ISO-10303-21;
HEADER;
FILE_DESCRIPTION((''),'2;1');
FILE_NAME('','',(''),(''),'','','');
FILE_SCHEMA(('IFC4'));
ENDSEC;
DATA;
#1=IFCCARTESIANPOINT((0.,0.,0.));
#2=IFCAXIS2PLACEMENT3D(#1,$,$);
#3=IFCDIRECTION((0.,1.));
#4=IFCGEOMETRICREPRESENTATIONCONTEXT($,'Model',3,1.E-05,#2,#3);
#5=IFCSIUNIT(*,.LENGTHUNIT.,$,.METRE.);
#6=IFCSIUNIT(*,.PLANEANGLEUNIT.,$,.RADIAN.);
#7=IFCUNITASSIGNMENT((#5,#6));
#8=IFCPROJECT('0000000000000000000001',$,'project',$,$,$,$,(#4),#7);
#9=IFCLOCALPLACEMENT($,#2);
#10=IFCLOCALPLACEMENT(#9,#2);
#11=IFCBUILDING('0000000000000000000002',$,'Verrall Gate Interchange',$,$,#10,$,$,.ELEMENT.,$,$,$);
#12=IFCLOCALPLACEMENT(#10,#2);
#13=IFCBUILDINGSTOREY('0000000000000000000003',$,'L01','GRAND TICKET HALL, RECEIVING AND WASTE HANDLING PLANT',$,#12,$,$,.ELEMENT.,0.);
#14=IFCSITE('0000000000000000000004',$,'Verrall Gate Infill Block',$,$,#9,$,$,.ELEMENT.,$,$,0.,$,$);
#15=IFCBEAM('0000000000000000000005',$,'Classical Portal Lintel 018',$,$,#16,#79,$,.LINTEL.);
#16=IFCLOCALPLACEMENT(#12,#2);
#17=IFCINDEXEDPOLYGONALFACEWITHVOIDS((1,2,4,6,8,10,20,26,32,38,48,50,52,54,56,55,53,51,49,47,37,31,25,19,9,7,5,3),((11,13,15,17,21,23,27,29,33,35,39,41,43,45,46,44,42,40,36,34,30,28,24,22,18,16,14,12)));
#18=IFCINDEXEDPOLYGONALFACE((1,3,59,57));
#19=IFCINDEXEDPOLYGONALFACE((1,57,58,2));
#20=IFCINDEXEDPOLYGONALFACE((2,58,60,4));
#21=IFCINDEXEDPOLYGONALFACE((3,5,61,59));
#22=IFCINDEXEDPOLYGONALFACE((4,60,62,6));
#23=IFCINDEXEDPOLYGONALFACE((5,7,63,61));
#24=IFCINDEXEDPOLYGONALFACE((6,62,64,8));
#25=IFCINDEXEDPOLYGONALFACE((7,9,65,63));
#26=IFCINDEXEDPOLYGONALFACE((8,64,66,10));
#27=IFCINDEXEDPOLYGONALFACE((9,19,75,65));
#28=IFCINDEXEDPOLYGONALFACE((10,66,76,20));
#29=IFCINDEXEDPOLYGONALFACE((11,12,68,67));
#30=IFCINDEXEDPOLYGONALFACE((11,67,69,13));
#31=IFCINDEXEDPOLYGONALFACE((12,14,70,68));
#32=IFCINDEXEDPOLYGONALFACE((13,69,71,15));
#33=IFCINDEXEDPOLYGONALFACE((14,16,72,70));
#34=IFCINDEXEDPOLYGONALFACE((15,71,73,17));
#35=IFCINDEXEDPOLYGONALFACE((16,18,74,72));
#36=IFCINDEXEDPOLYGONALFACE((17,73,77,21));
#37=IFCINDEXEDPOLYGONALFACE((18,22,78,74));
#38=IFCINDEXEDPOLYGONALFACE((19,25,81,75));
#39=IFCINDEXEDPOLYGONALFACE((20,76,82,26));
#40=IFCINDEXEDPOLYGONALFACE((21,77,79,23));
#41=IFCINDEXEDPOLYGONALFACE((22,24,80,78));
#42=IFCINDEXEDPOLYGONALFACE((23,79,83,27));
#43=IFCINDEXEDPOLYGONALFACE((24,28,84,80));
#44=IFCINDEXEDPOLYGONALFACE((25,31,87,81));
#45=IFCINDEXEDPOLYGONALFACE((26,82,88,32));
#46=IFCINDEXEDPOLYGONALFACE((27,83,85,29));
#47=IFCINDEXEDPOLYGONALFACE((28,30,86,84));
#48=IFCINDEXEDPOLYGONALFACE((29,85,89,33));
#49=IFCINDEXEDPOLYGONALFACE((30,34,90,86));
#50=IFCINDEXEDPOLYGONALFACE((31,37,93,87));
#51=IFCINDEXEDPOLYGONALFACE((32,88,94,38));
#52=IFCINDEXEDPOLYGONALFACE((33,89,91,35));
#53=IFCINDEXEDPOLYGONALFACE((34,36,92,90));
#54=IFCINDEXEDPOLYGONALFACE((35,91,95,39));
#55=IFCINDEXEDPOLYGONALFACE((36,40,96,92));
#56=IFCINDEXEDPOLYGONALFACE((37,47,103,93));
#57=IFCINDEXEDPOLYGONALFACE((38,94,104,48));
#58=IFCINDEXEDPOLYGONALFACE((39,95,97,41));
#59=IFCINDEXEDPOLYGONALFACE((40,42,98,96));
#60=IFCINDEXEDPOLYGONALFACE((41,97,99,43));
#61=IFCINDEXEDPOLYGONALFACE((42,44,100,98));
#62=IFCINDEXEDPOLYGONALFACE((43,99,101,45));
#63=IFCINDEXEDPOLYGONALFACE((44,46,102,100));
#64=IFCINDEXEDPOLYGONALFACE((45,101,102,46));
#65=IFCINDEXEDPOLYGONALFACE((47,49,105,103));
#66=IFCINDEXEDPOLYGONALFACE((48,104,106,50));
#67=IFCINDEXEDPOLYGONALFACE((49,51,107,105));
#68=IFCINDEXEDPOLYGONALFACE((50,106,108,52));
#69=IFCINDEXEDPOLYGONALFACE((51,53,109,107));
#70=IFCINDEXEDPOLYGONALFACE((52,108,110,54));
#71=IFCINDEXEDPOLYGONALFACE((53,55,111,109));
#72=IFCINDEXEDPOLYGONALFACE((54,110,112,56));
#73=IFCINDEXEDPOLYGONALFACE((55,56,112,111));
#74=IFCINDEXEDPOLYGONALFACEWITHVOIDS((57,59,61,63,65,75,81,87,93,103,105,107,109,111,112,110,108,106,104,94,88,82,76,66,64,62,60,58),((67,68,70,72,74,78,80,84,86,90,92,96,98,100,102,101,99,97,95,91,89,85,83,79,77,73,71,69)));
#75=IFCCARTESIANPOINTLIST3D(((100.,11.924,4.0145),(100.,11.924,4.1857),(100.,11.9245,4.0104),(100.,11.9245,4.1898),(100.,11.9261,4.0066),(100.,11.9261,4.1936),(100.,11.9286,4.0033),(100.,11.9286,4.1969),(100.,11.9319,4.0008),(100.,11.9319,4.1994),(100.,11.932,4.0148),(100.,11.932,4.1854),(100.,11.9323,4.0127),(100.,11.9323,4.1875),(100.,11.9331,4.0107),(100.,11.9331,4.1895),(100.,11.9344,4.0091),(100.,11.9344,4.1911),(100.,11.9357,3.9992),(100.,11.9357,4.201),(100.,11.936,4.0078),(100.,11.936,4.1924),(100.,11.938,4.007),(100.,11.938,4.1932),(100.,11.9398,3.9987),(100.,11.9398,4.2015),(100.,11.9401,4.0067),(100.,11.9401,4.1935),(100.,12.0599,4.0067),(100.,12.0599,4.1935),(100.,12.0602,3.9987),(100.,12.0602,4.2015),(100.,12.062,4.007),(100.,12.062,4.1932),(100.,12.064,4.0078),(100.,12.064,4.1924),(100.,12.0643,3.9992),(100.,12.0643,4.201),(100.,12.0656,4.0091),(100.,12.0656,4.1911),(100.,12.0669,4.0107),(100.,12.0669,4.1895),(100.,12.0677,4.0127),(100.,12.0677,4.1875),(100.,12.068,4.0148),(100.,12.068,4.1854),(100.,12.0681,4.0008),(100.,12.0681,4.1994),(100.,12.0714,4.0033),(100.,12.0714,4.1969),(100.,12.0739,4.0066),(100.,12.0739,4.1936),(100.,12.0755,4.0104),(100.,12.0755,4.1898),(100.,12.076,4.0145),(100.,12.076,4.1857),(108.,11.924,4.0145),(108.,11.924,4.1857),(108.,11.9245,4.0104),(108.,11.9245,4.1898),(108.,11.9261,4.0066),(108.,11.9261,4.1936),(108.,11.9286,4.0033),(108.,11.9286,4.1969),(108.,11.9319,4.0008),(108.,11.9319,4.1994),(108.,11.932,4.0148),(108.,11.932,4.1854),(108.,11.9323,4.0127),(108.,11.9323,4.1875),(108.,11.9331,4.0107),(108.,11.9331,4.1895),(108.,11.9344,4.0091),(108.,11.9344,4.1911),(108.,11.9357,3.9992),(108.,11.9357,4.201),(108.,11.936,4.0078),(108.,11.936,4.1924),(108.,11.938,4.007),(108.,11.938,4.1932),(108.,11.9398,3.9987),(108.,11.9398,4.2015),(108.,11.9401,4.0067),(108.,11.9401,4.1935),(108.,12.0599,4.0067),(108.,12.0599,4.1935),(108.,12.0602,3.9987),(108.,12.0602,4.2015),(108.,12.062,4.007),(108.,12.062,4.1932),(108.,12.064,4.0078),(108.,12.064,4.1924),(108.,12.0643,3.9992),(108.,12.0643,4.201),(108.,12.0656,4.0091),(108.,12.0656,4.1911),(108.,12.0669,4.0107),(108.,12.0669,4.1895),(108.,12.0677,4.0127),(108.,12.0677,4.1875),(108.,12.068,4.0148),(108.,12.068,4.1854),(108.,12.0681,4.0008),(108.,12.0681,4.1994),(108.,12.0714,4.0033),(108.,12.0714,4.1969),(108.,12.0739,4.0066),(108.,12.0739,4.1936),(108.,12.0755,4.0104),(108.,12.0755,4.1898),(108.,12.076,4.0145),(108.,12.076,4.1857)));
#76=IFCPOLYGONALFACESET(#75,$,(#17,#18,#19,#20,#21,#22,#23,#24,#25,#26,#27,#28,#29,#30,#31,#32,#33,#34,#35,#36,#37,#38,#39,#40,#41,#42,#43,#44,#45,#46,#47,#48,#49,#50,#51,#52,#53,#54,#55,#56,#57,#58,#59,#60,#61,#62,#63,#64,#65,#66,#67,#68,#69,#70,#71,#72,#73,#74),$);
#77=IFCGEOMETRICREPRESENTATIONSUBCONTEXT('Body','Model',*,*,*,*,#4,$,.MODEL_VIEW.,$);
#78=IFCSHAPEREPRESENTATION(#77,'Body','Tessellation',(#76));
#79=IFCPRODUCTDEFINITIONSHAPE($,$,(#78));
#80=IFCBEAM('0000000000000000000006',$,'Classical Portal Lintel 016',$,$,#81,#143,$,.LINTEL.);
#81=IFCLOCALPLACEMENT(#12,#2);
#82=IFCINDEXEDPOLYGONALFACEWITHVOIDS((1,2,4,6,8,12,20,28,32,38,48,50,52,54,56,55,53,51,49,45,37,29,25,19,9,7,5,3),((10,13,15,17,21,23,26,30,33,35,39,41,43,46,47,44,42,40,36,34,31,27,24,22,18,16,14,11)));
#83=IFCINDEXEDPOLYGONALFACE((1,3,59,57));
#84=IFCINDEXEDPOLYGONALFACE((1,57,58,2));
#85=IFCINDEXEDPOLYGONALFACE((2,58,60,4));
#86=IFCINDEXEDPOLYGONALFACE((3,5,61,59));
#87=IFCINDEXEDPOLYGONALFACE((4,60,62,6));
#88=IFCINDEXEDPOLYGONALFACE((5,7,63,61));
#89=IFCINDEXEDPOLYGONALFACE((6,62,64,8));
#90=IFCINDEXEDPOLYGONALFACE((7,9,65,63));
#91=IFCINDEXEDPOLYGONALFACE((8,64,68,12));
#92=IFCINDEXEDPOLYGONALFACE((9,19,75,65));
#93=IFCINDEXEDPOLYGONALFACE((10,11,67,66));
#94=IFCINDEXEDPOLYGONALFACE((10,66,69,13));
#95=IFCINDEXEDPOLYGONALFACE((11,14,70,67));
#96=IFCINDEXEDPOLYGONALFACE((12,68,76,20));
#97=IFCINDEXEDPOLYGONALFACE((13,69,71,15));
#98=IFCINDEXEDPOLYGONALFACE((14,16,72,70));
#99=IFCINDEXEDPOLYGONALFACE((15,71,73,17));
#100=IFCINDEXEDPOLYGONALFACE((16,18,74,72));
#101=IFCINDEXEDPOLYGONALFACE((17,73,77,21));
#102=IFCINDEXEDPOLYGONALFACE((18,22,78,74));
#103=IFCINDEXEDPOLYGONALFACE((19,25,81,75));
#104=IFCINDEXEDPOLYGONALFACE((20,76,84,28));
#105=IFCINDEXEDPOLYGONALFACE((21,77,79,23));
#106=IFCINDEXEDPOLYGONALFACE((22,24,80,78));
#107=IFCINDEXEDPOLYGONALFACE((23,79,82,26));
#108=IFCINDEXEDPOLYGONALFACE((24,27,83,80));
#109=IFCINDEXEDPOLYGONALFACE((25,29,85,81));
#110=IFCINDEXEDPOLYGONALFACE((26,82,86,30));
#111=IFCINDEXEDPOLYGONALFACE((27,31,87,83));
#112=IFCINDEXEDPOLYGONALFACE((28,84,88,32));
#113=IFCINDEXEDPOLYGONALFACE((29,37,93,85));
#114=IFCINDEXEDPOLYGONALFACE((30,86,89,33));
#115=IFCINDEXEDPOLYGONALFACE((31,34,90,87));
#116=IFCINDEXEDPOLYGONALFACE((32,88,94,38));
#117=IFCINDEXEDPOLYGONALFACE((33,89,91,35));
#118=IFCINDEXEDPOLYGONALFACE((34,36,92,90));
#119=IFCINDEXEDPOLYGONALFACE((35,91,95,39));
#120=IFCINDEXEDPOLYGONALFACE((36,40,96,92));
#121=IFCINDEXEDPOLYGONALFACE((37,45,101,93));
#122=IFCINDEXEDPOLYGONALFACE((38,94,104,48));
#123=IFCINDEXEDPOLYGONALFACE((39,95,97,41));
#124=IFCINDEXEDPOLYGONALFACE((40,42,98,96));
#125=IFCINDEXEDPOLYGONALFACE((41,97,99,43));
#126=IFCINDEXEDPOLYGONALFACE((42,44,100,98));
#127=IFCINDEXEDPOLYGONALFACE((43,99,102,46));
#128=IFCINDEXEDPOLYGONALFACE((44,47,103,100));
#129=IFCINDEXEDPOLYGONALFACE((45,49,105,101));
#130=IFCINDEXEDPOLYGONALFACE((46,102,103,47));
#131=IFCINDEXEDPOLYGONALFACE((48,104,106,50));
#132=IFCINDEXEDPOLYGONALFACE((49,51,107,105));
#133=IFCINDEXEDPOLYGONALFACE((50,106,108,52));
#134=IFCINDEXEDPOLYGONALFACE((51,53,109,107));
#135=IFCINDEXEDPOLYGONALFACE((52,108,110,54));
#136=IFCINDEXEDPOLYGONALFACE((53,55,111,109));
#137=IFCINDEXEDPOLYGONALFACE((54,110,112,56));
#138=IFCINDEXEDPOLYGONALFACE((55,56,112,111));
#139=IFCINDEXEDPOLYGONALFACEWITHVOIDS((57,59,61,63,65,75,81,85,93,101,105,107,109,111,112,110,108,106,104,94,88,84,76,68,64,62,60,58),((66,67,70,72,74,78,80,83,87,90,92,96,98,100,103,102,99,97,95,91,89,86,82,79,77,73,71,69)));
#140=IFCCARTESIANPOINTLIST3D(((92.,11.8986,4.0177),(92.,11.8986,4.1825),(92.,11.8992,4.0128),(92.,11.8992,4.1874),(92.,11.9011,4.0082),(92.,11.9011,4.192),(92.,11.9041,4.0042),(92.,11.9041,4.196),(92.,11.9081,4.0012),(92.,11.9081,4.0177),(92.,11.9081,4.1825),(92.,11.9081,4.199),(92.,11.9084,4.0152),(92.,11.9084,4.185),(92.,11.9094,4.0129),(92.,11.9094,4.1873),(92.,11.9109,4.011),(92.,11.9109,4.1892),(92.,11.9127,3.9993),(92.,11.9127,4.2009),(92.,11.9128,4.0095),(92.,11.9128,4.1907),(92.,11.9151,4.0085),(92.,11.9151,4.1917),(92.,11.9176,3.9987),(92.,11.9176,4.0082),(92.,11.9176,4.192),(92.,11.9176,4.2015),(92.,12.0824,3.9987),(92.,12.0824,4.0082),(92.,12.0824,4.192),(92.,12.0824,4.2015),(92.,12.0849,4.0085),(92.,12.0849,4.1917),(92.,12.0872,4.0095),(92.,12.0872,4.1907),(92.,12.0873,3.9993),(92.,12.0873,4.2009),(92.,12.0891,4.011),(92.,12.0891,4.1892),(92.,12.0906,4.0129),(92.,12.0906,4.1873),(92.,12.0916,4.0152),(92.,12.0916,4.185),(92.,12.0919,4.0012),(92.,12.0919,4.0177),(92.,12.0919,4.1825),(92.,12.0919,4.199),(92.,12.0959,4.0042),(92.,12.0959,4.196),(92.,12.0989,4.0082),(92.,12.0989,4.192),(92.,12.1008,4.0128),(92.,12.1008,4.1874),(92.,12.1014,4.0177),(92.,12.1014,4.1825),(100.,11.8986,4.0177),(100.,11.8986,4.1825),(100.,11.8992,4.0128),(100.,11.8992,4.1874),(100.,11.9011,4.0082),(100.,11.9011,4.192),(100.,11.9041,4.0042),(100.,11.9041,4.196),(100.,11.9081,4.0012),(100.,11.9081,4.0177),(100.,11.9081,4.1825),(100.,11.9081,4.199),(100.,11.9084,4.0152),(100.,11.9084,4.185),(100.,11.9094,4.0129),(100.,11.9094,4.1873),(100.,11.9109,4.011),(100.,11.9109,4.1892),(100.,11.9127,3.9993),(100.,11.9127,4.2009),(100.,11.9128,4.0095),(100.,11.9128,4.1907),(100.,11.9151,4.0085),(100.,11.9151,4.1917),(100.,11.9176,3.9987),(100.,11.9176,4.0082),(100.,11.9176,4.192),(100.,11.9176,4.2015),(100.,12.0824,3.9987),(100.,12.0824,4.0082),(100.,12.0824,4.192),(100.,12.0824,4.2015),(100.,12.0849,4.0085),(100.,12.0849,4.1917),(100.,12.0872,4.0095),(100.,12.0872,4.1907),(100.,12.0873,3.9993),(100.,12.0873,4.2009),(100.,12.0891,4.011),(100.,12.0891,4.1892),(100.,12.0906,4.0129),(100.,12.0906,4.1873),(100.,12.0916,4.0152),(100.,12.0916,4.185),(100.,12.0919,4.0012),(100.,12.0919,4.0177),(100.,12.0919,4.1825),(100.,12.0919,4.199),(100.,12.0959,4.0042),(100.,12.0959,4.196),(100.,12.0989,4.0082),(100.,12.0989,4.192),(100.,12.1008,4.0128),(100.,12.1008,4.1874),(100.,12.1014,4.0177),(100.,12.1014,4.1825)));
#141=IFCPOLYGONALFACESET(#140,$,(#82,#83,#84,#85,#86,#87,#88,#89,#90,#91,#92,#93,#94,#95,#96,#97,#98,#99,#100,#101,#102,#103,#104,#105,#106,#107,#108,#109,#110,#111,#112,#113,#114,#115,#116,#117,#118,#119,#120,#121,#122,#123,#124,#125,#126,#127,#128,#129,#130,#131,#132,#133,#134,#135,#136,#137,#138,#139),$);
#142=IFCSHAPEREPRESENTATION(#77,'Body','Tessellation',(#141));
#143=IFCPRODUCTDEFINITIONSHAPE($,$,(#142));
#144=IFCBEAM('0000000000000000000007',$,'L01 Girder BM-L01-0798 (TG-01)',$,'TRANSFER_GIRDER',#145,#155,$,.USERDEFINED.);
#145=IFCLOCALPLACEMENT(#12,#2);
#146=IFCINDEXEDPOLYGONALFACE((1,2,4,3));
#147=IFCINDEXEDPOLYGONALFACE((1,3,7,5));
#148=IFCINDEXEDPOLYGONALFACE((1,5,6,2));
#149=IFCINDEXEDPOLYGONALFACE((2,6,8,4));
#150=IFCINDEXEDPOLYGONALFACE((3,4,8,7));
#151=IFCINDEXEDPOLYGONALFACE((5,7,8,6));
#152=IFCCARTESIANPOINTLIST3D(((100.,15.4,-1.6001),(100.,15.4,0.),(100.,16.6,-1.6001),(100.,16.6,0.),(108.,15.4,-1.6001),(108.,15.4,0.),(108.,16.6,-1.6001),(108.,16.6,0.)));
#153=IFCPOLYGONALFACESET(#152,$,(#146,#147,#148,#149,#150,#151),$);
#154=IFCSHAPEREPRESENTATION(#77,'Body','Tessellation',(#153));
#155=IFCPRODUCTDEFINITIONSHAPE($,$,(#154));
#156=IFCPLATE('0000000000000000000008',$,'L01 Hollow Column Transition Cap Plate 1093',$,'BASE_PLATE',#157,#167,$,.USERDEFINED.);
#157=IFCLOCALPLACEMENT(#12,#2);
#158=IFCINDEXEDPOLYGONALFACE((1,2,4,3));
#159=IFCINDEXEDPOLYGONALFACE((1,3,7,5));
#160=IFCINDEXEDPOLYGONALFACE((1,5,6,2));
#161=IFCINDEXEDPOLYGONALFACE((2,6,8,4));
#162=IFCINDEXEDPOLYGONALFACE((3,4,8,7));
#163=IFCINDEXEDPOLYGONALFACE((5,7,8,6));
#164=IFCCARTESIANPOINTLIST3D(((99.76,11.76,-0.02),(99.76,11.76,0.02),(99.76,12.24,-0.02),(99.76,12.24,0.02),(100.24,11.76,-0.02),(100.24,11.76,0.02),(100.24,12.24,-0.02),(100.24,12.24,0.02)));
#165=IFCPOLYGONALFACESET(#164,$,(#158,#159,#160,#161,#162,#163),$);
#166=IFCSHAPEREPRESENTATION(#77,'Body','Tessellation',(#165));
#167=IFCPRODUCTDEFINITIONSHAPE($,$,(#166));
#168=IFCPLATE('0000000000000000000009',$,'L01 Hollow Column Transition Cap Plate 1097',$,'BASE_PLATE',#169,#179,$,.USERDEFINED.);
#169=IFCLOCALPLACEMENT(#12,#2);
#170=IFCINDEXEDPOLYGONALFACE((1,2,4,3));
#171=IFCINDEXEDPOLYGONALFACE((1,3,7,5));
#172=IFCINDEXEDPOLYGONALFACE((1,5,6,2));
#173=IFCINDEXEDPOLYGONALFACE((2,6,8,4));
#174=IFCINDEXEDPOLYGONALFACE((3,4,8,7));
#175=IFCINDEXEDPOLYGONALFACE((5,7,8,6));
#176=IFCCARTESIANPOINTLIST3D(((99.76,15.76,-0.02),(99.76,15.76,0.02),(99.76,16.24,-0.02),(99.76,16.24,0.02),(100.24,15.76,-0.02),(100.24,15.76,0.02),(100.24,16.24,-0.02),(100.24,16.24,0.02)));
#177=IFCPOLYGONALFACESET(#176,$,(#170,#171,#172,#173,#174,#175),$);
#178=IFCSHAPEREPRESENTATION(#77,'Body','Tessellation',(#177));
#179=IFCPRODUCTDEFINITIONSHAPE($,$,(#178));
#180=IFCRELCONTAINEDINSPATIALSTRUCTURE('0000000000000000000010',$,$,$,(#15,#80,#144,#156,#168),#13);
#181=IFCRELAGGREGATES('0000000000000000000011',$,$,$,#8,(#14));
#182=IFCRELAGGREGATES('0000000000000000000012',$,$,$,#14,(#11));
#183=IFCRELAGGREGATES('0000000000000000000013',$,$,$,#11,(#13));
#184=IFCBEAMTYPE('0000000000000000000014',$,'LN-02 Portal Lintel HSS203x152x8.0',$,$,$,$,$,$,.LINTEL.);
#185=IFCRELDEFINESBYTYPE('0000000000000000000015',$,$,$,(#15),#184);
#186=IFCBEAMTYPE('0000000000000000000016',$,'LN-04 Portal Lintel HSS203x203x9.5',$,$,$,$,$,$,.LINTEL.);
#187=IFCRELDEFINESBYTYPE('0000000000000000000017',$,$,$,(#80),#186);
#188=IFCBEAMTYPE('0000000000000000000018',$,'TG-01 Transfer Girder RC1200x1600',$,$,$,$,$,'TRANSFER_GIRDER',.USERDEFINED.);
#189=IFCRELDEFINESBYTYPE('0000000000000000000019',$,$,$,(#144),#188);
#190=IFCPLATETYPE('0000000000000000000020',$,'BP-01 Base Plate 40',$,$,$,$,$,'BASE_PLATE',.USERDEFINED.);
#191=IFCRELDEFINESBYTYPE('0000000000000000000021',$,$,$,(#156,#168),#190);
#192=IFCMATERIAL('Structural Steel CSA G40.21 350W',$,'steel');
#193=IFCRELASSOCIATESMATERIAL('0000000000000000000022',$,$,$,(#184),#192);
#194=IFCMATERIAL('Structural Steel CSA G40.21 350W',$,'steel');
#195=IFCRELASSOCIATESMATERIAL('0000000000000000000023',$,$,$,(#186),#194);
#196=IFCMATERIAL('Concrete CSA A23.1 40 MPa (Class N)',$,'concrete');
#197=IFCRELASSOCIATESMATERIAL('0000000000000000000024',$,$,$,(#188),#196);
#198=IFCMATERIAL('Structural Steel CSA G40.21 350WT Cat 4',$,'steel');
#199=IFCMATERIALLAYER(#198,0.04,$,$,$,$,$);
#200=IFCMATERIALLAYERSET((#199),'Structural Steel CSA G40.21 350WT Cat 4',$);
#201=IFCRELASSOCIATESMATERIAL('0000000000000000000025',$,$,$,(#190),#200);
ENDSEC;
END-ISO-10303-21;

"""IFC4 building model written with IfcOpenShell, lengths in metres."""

from ifc_helpers import new_model, si_unit, direction, frame, origin, origin_2d, place, context, subcontext, project, spatial, rectangle, hollow_rectangle, extrude, material, layer, layer_set, material_profile, profile_set, type_object, element, save


model = new_model("IFC4")

# Units and contexts
model_context = context("Model", 3, precision=1e-05, world=origin(), true_north=direction((0.0, 1.0)))
body_context = subcontext(model_context, "Body", "Model", "MODEL_VIEW")
ifc_project = project(units=[si_unit("LENGTHUNIT", "METRE"), si_unit("PLANEANGLEUNIT", "RADIAN")], contexts=[model_context])

# Site, building, storey
site_placement = place(None, origin())
site = spatial("IfcSite", under=ifc_project, at=site_placement, Name="Verrall Gate Infill Block", CompositionType="ELEMENT", RefElevation=0.0)
building_placement = place(site_placement, origin())
building = spatial("IfcBuilding", under=site, at=building_placement, Name="Verrall Gate Interchange", CompositionType="ELEMENT")
storey_placement = place(building_placement, origin())
storey = spatial("IfcBuildingStorey", under=building, at=storey_placement, Name="L01", Description="GRAND TICKET HALL, RECEIVING AND WASTE HANDLING PLANT", CompositionType="ELEMENT", Elevation=0.0)

# Beams
ifc_material_1 = material(Name="Structural Steel CSA G40.21 350W", Category="steel")
ifc_material_profile_1 = material_profile(ifc_material_1, hollow_rectangle(XDim=0.1521, YDim=0.2029, WallThickness=0.0081, InnerFilletRadius=0.0081, OuterFilletRadius=0.0159, at=origin_2d()), Name="HSS203x152x8.0")
ifc_profile_set_1 = profile_set([ifc_material_profile_1], Name="Structural Steel CSA G40.21 350W")
beam_type_1 = type_object("IfcBeamType", Name="LN-02 Portal Lintel HSS203x152x8.0", PredefinedType="LINTEL", material=ifc_profile_set_1)
beam_1_placement = place(storey_placement, frame((100.0, 12.0, 4.1001), z_axis=(1.0, 0.0, 0.0), x_axis=(0.0, 1.0, 0.0)))
element("IfcBeam", 1, at=beam_1_placement, inside=storey, type_object=beam_type_1, Name="Classical Portal Lintel 018", PredefinedType="LINTEL", context=body_context, shape_type="SweptSolid", body=[
    extrude(hollow_rectangle(XDim=0.1521, YDim=0.2029, WallThickness=0.0081, InnerFilletRadius=0.0081, OuterFilletRadius=0.0159, at=origin_2d()), origin(), (0.0, 0.0, 1.0), 8.0),
])
ifc_material_2 = material(Name="Structural Steel CSA G40.21 350W", Category="steel")
ifc_material_profile_2 = material_profile(ifc_material_2, hollow_rectangle(XDim=0.2029, YDim=0.2029, WallThickness=0.0095, InnerFilletRadius=0.0095, OuterFilletRadius=0.019, at=origin_2d()), Name="HSS203x203x9.5")
ifc_profile_set_2 = profile_set([ifc_material_profile_2], Name="Structural Steel CSA G40.21 350W")
beam_type_2 = type_object("IfcBeamType", Name="LN-04 Portal Lintel HSS203x203x9.5", PredefinedType="LINTEL", material=ifc_profile_set_2)
beam_2_placement = place(storey_placement, frame((92.0, 12.0, 4.1001), z_axis=(1.0, 0.0, 0.0), x_axis=(0.0, 1.0, 0.0)))
element("IfcBeam", 2, at=beam_2_placement, inside=storey, type_object=beam_type_2, Name="Classical Portal Lintel 016", PredefinedType="LINTEL", context=body_context, shape_type="SweptSolid", body=[
    extrude(hollow_rectangle(XDim=0.2029, YDim=0.2029, WallThickness=0.0095, InnerFilletRadius=0.0095, OuterFilletRadius=0.019, at=origin_2d()), origin(), (0.0, 0.0, 1.0), 8.0),
])
ifc_material_3 = material(Name="Concrete CSA A23.1 40 MPa (Class N)", Category="concrete")
ifc_material_profile_3 = material_profile(ifc_material_3, rectangle(XDim=1.2, YDim=1.6001, at=origin_2d()), Name="RC1200x1600")
ifc_profile_set_3 = profile_set([ifc_material_profile_3], Name="Concrete CSA A23.1 40 MPa (Class N)")
beam_type_3 = type_object("IfcBeamType", Name="TG-01 Transfer Girder RC1200x1600", ElementType="TRANSFER_GIRDER", PredefinedType="USERDEFINED", material=ifc_profile_set_3)
beam_3_placement = place(storey_placement, frame((100.0, 16.0, -0.8), z_axis=(1.0, 0.0, 0.0), x_axis=(0.0, 1.0, 0.0)))
element("IfcBeam", 3, at=beam_3_placement, inside=storey, type_object=beam_type_3, Name="L01 Girder BM-L01-0798 (TG-01)", ObjectType="TRANSFER_GIRDER", PredefinedType="USERDEFINED", context=body_context, shape_type="SweptSolid", body=[
    extrude(rectangle(XDim=1.2, YDim=1.6001, at=origin_2d()), origin(), (0.0, 0.0, 1.0), 8.0),
])

# Plates
ifc_material_4 = material(Name="Structural Steel CSA G40.21 350WT Cat 4", Category="steel")
ifc_layer_1 = layer(ifc_material_4, 0.04)
ifc_layer_set_1 = layer_set([ifc_layer_1], Name="Structural Steel CSA G40.21 350WT Cat 4")
plate_type = type_object("IfcPlateType", Name="BP-01 Base Plate 40", ElementType="BASE_PLATE", PredefinedType="USERDEFINED", material=ifc_layer_set_1)
for number, where, z_axis, x_axis, name in (
    (4, (100.0, 12.0, -0.02), (0.0, 0.0, 1.0), (1.0, 0.0, 0.0), "L01 Hollow Column Transition Cap Plate 1093"),
    (5, (100.0, 16.0, -0.02), (0.0, 0.0, 1.0), (1.0, 0.0, 0.0), "L01 Hollow Column Transition Cap Plate 1097"),
):
    element("IfcPlate", number, at=place(storey_placement, frame(where, z_axis=z_axis, x_axis=x_axis)), inside=storey, type_object=plate_type, Name=name, ObjectType="BASE_PLATE", PredefinedType="USERDEFINED", context=body_context, shape_type="SweptSolid", body=[
        extrude(rectangle(XDim=0.48, YDim=0.48, at=origin_2d()), origin(), (0.0, 0.0, 1.0), 0.04),
    ])

save(model, "model.ifc")
